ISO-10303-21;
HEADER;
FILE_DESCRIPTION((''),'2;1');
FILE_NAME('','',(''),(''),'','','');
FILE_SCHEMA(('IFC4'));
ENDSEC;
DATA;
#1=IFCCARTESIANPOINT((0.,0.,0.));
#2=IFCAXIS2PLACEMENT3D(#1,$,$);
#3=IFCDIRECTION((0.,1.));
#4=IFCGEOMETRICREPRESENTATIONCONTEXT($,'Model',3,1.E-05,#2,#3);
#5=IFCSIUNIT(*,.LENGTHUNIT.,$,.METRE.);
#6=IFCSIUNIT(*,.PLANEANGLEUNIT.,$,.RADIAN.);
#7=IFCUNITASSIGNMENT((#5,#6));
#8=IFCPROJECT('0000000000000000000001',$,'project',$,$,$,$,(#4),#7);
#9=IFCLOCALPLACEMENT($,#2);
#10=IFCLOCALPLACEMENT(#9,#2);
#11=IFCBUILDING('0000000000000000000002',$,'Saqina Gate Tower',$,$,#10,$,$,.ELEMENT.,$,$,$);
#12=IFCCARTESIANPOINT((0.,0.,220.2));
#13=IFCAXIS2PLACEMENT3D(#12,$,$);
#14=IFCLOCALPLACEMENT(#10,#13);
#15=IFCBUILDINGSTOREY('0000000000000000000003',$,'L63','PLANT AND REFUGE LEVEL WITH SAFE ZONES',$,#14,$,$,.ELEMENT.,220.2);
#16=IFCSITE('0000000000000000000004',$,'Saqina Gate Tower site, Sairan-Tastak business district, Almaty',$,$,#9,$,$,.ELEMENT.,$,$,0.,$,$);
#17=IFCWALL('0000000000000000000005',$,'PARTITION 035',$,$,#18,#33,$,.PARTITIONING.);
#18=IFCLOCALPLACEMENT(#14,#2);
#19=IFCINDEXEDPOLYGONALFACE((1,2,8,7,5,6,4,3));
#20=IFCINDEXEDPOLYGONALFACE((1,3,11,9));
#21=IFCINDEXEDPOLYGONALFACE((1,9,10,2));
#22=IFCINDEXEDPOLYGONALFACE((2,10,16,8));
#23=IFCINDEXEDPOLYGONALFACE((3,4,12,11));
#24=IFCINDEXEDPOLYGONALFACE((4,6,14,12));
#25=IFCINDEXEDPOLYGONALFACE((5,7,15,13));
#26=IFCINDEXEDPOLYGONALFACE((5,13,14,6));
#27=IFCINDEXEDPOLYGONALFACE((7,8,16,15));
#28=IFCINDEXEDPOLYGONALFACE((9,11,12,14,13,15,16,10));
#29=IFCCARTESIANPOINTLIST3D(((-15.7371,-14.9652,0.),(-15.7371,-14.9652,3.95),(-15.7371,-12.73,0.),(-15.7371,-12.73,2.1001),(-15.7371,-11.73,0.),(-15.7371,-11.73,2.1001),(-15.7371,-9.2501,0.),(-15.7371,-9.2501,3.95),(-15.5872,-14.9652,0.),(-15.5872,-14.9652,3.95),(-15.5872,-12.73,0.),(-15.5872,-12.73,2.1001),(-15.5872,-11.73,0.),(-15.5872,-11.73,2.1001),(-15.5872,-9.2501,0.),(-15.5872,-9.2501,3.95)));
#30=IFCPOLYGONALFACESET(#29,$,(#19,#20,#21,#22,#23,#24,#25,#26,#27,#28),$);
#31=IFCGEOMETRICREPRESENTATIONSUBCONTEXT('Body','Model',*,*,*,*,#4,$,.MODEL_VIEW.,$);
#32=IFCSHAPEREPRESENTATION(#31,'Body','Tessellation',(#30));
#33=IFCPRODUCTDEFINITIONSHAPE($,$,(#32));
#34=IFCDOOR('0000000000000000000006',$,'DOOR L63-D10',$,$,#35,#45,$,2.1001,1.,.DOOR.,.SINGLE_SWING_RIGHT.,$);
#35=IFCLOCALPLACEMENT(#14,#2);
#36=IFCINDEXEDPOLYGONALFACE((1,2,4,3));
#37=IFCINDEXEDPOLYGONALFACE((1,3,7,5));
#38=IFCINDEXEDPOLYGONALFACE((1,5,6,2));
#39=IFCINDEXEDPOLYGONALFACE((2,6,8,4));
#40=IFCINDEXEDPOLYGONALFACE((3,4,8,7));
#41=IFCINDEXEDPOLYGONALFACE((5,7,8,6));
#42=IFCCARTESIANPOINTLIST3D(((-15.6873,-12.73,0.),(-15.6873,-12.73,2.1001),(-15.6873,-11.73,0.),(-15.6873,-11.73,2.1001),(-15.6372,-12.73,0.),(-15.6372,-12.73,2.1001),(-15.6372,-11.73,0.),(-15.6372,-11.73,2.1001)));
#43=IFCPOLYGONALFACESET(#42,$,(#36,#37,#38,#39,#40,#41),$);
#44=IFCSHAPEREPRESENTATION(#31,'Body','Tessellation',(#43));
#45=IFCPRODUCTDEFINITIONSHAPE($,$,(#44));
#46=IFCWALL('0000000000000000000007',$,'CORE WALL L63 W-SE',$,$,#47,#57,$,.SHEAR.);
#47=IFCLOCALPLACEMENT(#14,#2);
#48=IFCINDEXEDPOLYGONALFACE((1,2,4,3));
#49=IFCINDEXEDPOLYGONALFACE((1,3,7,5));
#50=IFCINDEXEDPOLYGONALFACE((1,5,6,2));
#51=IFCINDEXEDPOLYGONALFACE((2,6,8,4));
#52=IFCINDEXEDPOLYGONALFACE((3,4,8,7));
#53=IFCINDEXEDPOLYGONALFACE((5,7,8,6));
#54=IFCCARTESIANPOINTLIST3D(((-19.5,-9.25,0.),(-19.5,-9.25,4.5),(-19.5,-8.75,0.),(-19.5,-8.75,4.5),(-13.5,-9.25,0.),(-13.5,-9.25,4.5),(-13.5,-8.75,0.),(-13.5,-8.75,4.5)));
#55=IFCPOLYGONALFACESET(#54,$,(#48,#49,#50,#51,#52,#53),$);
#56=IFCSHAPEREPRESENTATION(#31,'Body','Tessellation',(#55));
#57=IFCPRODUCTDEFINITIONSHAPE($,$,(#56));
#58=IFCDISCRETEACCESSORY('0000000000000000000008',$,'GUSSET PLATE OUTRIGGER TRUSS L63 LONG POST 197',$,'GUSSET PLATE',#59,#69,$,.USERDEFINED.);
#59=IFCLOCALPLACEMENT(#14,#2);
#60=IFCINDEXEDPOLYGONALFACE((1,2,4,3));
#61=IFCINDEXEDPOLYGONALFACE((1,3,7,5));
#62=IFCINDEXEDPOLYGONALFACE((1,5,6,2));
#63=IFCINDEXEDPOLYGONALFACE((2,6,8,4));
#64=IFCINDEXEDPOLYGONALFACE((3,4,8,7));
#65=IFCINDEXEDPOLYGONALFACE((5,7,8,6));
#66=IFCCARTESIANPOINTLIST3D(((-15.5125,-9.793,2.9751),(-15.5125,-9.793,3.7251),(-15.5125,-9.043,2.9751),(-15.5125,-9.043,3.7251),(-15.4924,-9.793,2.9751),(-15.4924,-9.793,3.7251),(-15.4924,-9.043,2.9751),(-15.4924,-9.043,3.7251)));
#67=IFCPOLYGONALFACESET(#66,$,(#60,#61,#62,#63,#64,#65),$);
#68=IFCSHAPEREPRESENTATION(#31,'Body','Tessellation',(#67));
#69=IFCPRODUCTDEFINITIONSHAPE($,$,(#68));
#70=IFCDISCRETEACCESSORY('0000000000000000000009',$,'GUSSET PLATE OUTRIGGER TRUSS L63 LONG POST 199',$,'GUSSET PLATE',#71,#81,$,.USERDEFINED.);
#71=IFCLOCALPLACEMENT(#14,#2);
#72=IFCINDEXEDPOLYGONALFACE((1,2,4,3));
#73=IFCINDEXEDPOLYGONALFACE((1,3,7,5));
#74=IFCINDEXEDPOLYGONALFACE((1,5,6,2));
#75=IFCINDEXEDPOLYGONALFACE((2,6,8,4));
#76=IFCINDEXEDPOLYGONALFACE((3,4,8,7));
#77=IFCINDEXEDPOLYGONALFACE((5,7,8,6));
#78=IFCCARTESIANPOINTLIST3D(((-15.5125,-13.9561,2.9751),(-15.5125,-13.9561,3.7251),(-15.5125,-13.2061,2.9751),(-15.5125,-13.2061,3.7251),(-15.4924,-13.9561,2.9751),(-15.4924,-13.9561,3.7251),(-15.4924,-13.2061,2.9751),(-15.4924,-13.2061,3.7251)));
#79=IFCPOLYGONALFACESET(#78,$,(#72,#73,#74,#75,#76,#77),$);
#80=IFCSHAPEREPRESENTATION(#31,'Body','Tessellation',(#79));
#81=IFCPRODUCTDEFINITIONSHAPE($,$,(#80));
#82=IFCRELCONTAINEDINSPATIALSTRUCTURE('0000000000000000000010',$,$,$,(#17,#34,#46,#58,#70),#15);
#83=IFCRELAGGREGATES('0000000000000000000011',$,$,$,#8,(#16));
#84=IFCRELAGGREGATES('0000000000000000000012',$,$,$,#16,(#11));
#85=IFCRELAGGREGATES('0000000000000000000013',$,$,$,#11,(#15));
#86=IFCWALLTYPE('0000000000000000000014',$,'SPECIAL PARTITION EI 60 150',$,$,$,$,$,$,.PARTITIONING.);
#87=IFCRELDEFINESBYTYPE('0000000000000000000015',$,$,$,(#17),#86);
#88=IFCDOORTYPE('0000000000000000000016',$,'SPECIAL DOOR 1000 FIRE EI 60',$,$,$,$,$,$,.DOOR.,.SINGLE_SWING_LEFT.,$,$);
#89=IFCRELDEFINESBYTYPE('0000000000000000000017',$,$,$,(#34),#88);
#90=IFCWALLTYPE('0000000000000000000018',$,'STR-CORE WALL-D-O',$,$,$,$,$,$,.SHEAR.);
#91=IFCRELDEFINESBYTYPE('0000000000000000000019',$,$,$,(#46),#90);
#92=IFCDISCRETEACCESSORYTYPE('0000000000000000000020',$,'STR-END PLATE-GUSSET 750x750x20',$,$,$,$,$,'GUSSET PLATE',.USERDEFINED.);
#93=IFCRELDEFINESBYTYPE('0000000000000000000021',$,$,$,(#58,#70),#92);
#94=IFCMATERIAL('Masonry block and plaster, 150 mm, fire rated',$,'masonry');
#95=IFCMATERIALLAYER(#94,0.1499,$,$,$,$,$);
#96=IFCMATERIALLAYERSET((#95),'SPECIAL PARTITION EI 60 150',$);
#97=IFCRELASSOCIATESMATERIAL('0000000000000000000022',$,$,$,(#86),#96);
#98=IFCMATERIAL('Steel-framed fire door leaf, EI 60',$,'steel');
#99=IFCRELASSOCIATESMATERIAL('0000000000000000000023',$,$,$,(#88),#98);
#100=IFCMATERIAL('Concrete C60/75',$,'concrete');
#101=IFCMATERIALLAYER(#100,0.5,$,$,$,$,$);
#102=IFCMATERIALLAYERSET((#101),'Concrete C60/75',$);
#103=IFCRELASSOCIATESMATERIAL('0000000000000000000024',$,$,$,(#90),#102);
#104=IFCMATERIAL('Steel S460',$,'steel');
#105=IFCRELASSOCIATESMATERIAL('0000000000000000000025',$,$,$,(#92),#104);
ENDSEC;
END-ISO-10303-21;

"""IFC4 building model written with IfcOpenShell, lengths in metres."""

from ifc_helpers import new_model, si_unit, direction, frame, frame_2d, origin, origin_2d, place, context, subcontext, project, spatial, rectangle, extrude, material, layer, layer_set, material_profile, profile_set, type_object, element, fill, save


model = new_model("IFC4")

# Units and contexts
model_context = context("Model", 3, precision=1e-05, world=origin(), true_north=direction((0.0, 1.0)))
body_context = subcontext(model_context, "Body", "Model", "MODEL_VIEW")
ifc_project = project(units=[si_unit("LENGTHUNIT", "METRE"), si_unit("PLANEANGLEUNIT", "RADIAN")], contexts=[model_context])

# Site, building, storey
site_placement = place(None, origin())
site = spatial("IfcSite", under=ifc_project, at=site_placement, Name="Saqina Gate Tower site, Sairan-Tastak business district, Almaty", CompositionType="ELEMENT", RefElevation=0.0)
building_placement = place(site_placement, origin())
building = spatial("IfcBuilding", under=site, at=building_placement, Name="Saqina Gate Tower", CompositionType="ELEMENT")
storey_placement = place(building_placement, frame((0.0, 0.0, 220.2)))
storey = spatial("IfcBuildingStorey", under=building, at=storey_placement, Name="L63", Description="PLANT AND REFUGE LEVEL WITH SAFE ZONES", CompositionType="ELEMENT", Elevation=220.2)

# Wall, opening, door
ifc_material_1 = material(Name="Masonry block and plaster, 150 mm, fire rated", Category="masonry")
ifc_layer_1 = layer(ifc_material_1, 0.1499)
ifc_layer_set_1 = layer_set([ifc_layer_1], Name="SPECIAL PARTITION EI 60 150")
wall_type_1 = type_object("IfcWallType", Name="SPECIAL PARTITION EI 60 150", PredefinedType="PARTITIONING", material=ifc_layer_set_1)
ifc_material_2 = material(Name="Steel-framed fire door leaf, EI 60", Category="steel")
door_type_1 = type_object("IfcDoorType", Name="SPECIAL DOOR 1000 FIRE EI 60", OperationType="SINGLE_SWING_LEFT", PredefinedType="DOOR", material=ifc_material_2)
wall_1_placement = place(storey_placement, frame((-15.6621, -14.9651, 0.0), z_axis=(0.0, 0.0, 1.0), x_axis=(0.0, 1.0, 0.0)))
wall_1 = element("IfcWall", 1, at=wall_1_placement, inside=storey, type_object=wall_type_1, Name="PARTITION 035", PredefinedType="PARTITIONING", context=body_context, shape_type="SweptSolid", body=[
    extrude(rectangle(XDim=5.7151, YDim=0.1499, at=frame_2d((2.8574, 0.0))), origin(), (0.0, 0.0, 1.0), 3.95),
])
opening_1_placement = place(wall_1_placement, frame((2.2351, 0.0, 0.0)))
opening_1 = element("IfcOpeningElement", 2, at=opening_1_placement, cuts=wall_1, PredefinedType="OPENING", context=body_context, shape_type="SweptSolid", body=[
    extrude(rectangle(XDim=1.0, YDim=2.1001, at=frame_2d((0.5, 1.05))), frame((0.0, 0.0869, 0.0), z_axis=(0.0, -1.0, 0.0), x_axis=(1.0, 0.0, 0.0)), (0.0, 0.0, 1.0), 0.1738),
])
door_1_placement = place(opening_1_placement, frame((1.0, 0.0, 0.0), z_axis=(0.0, 0.0, 1.0), x_axis=(-1.0, 0.0, 0.0)))
door_1 = element("IfcDoor", 3, at=door_1_placement, inside=storey, type_object=door_type_1, Name="DOOR L63-D10", OperationType="SINGLE_SWING_RIGHT", OverallHeight=2.1001, OverallWidth=1.0, PredefinedType="DOOR", context=body_context, shape_type="SweptSolid", body=[
    extrude(rectangle(XDim=1.0, YDim=2.1001, at=frame_2d((0.5, 1.05))), frame((0.0, 0.0249, 0.0), z_axis=(0.0, -1.0, 0.0), x_axis=(1.0, 0.0, 0.0)), (0.0, 0.0, 1.0), 0.05),
])
fill(opening_1, door_1)

# Shared definitions
ifc_material_3 = material(Name="Concrete C60/75", Category="concrete")
ifc_layer_2 = layer(ifc_material_3, 0.5)
ifc_layer_set_2 = layer_set([ifc_layer_2], Name="Concrete C60/75")
wall_type_2 = type_object("IfcWallType", Name="STR-CORE WALL-D-O", PredefinedType="SHEAR", material=ifc_layer_set_2)

# Wall
wall_2_placement = place(storey_placement, frame((-13.5, -9.0, 0.0), z_axis=(0.0, 0.0, 1.0), x_axis=(-1.0, 0.0, 0.0)))
element("IfcWall", 4, at=wall_2_placement, inside=storey, type_object=wall_type_2, Name="CORE WALL L63 W-SE", PredefinedType="SHEAR", context=body_context, shape_type="SweptSolid", body=[
    extrude(rectangle(XDim=6.0, YDim=0.5, at=frame_2d((3.0, 0.0))), origin(), (0.0, 0.0, 1.0), 4.5),
])

# Discrete accessories
ifc_material_4 = material(Name="Steel S460", Category="steel")
ifc_material_profile_1 = material_profile(ifc_material_4, rectangle(XDim=0.75, YDim=0.75, at=origin_2d()), Name="STR-END PLATE-GUSSET 750x750x20")
ifc_profile_set_1 = profile_set([ifc_material_profile_1], Name="Steel S460")
discrete_accessory_type = type_object("IfcDiscreteAccessoryType", Name="STR-END PLATE-GUSSET 750x750x20", ElementType="GUSSET PLATE", PredefinedType="USERDEFINED", material=ifc_profile_set_1)
for number, where, z_axis, x_axis, name in (
    (5, (-15.5125, -9.418, 3.3501), (1.0, 0.0, 0.0), (0.0, 1.0, 0.0), "GUSSET PLATE OUTRIGGER TRUSS L63 LONG POST 197"),
    (6, (-15.5125, -13.5811, 3.3501), (1.0, 0.0, 0.0), (0.0, 1.0, 0.0), "GUSSET PLATE OUTRIGGER TRUSS L63 LONG POST 199"),
):
    element("IfcDiscreteAccessory", number, at=place(storey_placement, frame(where, z_axis=z_axis, x_axis=x_axis)), inside=storey, type_object=discrete_accessory_type, Name=name, ObjectType="GUSSET PLATE", PredefinedType="USERDEFINED", context=body_context, shape_type="SweptSolid", body=[
        extrude(rectangle(XDim=0.75, YDim=0.75, at=origin_2d()), origin(), (0.0, 0.0, 1.0), 0.02),
    ])

save(model, "model.ifc")
